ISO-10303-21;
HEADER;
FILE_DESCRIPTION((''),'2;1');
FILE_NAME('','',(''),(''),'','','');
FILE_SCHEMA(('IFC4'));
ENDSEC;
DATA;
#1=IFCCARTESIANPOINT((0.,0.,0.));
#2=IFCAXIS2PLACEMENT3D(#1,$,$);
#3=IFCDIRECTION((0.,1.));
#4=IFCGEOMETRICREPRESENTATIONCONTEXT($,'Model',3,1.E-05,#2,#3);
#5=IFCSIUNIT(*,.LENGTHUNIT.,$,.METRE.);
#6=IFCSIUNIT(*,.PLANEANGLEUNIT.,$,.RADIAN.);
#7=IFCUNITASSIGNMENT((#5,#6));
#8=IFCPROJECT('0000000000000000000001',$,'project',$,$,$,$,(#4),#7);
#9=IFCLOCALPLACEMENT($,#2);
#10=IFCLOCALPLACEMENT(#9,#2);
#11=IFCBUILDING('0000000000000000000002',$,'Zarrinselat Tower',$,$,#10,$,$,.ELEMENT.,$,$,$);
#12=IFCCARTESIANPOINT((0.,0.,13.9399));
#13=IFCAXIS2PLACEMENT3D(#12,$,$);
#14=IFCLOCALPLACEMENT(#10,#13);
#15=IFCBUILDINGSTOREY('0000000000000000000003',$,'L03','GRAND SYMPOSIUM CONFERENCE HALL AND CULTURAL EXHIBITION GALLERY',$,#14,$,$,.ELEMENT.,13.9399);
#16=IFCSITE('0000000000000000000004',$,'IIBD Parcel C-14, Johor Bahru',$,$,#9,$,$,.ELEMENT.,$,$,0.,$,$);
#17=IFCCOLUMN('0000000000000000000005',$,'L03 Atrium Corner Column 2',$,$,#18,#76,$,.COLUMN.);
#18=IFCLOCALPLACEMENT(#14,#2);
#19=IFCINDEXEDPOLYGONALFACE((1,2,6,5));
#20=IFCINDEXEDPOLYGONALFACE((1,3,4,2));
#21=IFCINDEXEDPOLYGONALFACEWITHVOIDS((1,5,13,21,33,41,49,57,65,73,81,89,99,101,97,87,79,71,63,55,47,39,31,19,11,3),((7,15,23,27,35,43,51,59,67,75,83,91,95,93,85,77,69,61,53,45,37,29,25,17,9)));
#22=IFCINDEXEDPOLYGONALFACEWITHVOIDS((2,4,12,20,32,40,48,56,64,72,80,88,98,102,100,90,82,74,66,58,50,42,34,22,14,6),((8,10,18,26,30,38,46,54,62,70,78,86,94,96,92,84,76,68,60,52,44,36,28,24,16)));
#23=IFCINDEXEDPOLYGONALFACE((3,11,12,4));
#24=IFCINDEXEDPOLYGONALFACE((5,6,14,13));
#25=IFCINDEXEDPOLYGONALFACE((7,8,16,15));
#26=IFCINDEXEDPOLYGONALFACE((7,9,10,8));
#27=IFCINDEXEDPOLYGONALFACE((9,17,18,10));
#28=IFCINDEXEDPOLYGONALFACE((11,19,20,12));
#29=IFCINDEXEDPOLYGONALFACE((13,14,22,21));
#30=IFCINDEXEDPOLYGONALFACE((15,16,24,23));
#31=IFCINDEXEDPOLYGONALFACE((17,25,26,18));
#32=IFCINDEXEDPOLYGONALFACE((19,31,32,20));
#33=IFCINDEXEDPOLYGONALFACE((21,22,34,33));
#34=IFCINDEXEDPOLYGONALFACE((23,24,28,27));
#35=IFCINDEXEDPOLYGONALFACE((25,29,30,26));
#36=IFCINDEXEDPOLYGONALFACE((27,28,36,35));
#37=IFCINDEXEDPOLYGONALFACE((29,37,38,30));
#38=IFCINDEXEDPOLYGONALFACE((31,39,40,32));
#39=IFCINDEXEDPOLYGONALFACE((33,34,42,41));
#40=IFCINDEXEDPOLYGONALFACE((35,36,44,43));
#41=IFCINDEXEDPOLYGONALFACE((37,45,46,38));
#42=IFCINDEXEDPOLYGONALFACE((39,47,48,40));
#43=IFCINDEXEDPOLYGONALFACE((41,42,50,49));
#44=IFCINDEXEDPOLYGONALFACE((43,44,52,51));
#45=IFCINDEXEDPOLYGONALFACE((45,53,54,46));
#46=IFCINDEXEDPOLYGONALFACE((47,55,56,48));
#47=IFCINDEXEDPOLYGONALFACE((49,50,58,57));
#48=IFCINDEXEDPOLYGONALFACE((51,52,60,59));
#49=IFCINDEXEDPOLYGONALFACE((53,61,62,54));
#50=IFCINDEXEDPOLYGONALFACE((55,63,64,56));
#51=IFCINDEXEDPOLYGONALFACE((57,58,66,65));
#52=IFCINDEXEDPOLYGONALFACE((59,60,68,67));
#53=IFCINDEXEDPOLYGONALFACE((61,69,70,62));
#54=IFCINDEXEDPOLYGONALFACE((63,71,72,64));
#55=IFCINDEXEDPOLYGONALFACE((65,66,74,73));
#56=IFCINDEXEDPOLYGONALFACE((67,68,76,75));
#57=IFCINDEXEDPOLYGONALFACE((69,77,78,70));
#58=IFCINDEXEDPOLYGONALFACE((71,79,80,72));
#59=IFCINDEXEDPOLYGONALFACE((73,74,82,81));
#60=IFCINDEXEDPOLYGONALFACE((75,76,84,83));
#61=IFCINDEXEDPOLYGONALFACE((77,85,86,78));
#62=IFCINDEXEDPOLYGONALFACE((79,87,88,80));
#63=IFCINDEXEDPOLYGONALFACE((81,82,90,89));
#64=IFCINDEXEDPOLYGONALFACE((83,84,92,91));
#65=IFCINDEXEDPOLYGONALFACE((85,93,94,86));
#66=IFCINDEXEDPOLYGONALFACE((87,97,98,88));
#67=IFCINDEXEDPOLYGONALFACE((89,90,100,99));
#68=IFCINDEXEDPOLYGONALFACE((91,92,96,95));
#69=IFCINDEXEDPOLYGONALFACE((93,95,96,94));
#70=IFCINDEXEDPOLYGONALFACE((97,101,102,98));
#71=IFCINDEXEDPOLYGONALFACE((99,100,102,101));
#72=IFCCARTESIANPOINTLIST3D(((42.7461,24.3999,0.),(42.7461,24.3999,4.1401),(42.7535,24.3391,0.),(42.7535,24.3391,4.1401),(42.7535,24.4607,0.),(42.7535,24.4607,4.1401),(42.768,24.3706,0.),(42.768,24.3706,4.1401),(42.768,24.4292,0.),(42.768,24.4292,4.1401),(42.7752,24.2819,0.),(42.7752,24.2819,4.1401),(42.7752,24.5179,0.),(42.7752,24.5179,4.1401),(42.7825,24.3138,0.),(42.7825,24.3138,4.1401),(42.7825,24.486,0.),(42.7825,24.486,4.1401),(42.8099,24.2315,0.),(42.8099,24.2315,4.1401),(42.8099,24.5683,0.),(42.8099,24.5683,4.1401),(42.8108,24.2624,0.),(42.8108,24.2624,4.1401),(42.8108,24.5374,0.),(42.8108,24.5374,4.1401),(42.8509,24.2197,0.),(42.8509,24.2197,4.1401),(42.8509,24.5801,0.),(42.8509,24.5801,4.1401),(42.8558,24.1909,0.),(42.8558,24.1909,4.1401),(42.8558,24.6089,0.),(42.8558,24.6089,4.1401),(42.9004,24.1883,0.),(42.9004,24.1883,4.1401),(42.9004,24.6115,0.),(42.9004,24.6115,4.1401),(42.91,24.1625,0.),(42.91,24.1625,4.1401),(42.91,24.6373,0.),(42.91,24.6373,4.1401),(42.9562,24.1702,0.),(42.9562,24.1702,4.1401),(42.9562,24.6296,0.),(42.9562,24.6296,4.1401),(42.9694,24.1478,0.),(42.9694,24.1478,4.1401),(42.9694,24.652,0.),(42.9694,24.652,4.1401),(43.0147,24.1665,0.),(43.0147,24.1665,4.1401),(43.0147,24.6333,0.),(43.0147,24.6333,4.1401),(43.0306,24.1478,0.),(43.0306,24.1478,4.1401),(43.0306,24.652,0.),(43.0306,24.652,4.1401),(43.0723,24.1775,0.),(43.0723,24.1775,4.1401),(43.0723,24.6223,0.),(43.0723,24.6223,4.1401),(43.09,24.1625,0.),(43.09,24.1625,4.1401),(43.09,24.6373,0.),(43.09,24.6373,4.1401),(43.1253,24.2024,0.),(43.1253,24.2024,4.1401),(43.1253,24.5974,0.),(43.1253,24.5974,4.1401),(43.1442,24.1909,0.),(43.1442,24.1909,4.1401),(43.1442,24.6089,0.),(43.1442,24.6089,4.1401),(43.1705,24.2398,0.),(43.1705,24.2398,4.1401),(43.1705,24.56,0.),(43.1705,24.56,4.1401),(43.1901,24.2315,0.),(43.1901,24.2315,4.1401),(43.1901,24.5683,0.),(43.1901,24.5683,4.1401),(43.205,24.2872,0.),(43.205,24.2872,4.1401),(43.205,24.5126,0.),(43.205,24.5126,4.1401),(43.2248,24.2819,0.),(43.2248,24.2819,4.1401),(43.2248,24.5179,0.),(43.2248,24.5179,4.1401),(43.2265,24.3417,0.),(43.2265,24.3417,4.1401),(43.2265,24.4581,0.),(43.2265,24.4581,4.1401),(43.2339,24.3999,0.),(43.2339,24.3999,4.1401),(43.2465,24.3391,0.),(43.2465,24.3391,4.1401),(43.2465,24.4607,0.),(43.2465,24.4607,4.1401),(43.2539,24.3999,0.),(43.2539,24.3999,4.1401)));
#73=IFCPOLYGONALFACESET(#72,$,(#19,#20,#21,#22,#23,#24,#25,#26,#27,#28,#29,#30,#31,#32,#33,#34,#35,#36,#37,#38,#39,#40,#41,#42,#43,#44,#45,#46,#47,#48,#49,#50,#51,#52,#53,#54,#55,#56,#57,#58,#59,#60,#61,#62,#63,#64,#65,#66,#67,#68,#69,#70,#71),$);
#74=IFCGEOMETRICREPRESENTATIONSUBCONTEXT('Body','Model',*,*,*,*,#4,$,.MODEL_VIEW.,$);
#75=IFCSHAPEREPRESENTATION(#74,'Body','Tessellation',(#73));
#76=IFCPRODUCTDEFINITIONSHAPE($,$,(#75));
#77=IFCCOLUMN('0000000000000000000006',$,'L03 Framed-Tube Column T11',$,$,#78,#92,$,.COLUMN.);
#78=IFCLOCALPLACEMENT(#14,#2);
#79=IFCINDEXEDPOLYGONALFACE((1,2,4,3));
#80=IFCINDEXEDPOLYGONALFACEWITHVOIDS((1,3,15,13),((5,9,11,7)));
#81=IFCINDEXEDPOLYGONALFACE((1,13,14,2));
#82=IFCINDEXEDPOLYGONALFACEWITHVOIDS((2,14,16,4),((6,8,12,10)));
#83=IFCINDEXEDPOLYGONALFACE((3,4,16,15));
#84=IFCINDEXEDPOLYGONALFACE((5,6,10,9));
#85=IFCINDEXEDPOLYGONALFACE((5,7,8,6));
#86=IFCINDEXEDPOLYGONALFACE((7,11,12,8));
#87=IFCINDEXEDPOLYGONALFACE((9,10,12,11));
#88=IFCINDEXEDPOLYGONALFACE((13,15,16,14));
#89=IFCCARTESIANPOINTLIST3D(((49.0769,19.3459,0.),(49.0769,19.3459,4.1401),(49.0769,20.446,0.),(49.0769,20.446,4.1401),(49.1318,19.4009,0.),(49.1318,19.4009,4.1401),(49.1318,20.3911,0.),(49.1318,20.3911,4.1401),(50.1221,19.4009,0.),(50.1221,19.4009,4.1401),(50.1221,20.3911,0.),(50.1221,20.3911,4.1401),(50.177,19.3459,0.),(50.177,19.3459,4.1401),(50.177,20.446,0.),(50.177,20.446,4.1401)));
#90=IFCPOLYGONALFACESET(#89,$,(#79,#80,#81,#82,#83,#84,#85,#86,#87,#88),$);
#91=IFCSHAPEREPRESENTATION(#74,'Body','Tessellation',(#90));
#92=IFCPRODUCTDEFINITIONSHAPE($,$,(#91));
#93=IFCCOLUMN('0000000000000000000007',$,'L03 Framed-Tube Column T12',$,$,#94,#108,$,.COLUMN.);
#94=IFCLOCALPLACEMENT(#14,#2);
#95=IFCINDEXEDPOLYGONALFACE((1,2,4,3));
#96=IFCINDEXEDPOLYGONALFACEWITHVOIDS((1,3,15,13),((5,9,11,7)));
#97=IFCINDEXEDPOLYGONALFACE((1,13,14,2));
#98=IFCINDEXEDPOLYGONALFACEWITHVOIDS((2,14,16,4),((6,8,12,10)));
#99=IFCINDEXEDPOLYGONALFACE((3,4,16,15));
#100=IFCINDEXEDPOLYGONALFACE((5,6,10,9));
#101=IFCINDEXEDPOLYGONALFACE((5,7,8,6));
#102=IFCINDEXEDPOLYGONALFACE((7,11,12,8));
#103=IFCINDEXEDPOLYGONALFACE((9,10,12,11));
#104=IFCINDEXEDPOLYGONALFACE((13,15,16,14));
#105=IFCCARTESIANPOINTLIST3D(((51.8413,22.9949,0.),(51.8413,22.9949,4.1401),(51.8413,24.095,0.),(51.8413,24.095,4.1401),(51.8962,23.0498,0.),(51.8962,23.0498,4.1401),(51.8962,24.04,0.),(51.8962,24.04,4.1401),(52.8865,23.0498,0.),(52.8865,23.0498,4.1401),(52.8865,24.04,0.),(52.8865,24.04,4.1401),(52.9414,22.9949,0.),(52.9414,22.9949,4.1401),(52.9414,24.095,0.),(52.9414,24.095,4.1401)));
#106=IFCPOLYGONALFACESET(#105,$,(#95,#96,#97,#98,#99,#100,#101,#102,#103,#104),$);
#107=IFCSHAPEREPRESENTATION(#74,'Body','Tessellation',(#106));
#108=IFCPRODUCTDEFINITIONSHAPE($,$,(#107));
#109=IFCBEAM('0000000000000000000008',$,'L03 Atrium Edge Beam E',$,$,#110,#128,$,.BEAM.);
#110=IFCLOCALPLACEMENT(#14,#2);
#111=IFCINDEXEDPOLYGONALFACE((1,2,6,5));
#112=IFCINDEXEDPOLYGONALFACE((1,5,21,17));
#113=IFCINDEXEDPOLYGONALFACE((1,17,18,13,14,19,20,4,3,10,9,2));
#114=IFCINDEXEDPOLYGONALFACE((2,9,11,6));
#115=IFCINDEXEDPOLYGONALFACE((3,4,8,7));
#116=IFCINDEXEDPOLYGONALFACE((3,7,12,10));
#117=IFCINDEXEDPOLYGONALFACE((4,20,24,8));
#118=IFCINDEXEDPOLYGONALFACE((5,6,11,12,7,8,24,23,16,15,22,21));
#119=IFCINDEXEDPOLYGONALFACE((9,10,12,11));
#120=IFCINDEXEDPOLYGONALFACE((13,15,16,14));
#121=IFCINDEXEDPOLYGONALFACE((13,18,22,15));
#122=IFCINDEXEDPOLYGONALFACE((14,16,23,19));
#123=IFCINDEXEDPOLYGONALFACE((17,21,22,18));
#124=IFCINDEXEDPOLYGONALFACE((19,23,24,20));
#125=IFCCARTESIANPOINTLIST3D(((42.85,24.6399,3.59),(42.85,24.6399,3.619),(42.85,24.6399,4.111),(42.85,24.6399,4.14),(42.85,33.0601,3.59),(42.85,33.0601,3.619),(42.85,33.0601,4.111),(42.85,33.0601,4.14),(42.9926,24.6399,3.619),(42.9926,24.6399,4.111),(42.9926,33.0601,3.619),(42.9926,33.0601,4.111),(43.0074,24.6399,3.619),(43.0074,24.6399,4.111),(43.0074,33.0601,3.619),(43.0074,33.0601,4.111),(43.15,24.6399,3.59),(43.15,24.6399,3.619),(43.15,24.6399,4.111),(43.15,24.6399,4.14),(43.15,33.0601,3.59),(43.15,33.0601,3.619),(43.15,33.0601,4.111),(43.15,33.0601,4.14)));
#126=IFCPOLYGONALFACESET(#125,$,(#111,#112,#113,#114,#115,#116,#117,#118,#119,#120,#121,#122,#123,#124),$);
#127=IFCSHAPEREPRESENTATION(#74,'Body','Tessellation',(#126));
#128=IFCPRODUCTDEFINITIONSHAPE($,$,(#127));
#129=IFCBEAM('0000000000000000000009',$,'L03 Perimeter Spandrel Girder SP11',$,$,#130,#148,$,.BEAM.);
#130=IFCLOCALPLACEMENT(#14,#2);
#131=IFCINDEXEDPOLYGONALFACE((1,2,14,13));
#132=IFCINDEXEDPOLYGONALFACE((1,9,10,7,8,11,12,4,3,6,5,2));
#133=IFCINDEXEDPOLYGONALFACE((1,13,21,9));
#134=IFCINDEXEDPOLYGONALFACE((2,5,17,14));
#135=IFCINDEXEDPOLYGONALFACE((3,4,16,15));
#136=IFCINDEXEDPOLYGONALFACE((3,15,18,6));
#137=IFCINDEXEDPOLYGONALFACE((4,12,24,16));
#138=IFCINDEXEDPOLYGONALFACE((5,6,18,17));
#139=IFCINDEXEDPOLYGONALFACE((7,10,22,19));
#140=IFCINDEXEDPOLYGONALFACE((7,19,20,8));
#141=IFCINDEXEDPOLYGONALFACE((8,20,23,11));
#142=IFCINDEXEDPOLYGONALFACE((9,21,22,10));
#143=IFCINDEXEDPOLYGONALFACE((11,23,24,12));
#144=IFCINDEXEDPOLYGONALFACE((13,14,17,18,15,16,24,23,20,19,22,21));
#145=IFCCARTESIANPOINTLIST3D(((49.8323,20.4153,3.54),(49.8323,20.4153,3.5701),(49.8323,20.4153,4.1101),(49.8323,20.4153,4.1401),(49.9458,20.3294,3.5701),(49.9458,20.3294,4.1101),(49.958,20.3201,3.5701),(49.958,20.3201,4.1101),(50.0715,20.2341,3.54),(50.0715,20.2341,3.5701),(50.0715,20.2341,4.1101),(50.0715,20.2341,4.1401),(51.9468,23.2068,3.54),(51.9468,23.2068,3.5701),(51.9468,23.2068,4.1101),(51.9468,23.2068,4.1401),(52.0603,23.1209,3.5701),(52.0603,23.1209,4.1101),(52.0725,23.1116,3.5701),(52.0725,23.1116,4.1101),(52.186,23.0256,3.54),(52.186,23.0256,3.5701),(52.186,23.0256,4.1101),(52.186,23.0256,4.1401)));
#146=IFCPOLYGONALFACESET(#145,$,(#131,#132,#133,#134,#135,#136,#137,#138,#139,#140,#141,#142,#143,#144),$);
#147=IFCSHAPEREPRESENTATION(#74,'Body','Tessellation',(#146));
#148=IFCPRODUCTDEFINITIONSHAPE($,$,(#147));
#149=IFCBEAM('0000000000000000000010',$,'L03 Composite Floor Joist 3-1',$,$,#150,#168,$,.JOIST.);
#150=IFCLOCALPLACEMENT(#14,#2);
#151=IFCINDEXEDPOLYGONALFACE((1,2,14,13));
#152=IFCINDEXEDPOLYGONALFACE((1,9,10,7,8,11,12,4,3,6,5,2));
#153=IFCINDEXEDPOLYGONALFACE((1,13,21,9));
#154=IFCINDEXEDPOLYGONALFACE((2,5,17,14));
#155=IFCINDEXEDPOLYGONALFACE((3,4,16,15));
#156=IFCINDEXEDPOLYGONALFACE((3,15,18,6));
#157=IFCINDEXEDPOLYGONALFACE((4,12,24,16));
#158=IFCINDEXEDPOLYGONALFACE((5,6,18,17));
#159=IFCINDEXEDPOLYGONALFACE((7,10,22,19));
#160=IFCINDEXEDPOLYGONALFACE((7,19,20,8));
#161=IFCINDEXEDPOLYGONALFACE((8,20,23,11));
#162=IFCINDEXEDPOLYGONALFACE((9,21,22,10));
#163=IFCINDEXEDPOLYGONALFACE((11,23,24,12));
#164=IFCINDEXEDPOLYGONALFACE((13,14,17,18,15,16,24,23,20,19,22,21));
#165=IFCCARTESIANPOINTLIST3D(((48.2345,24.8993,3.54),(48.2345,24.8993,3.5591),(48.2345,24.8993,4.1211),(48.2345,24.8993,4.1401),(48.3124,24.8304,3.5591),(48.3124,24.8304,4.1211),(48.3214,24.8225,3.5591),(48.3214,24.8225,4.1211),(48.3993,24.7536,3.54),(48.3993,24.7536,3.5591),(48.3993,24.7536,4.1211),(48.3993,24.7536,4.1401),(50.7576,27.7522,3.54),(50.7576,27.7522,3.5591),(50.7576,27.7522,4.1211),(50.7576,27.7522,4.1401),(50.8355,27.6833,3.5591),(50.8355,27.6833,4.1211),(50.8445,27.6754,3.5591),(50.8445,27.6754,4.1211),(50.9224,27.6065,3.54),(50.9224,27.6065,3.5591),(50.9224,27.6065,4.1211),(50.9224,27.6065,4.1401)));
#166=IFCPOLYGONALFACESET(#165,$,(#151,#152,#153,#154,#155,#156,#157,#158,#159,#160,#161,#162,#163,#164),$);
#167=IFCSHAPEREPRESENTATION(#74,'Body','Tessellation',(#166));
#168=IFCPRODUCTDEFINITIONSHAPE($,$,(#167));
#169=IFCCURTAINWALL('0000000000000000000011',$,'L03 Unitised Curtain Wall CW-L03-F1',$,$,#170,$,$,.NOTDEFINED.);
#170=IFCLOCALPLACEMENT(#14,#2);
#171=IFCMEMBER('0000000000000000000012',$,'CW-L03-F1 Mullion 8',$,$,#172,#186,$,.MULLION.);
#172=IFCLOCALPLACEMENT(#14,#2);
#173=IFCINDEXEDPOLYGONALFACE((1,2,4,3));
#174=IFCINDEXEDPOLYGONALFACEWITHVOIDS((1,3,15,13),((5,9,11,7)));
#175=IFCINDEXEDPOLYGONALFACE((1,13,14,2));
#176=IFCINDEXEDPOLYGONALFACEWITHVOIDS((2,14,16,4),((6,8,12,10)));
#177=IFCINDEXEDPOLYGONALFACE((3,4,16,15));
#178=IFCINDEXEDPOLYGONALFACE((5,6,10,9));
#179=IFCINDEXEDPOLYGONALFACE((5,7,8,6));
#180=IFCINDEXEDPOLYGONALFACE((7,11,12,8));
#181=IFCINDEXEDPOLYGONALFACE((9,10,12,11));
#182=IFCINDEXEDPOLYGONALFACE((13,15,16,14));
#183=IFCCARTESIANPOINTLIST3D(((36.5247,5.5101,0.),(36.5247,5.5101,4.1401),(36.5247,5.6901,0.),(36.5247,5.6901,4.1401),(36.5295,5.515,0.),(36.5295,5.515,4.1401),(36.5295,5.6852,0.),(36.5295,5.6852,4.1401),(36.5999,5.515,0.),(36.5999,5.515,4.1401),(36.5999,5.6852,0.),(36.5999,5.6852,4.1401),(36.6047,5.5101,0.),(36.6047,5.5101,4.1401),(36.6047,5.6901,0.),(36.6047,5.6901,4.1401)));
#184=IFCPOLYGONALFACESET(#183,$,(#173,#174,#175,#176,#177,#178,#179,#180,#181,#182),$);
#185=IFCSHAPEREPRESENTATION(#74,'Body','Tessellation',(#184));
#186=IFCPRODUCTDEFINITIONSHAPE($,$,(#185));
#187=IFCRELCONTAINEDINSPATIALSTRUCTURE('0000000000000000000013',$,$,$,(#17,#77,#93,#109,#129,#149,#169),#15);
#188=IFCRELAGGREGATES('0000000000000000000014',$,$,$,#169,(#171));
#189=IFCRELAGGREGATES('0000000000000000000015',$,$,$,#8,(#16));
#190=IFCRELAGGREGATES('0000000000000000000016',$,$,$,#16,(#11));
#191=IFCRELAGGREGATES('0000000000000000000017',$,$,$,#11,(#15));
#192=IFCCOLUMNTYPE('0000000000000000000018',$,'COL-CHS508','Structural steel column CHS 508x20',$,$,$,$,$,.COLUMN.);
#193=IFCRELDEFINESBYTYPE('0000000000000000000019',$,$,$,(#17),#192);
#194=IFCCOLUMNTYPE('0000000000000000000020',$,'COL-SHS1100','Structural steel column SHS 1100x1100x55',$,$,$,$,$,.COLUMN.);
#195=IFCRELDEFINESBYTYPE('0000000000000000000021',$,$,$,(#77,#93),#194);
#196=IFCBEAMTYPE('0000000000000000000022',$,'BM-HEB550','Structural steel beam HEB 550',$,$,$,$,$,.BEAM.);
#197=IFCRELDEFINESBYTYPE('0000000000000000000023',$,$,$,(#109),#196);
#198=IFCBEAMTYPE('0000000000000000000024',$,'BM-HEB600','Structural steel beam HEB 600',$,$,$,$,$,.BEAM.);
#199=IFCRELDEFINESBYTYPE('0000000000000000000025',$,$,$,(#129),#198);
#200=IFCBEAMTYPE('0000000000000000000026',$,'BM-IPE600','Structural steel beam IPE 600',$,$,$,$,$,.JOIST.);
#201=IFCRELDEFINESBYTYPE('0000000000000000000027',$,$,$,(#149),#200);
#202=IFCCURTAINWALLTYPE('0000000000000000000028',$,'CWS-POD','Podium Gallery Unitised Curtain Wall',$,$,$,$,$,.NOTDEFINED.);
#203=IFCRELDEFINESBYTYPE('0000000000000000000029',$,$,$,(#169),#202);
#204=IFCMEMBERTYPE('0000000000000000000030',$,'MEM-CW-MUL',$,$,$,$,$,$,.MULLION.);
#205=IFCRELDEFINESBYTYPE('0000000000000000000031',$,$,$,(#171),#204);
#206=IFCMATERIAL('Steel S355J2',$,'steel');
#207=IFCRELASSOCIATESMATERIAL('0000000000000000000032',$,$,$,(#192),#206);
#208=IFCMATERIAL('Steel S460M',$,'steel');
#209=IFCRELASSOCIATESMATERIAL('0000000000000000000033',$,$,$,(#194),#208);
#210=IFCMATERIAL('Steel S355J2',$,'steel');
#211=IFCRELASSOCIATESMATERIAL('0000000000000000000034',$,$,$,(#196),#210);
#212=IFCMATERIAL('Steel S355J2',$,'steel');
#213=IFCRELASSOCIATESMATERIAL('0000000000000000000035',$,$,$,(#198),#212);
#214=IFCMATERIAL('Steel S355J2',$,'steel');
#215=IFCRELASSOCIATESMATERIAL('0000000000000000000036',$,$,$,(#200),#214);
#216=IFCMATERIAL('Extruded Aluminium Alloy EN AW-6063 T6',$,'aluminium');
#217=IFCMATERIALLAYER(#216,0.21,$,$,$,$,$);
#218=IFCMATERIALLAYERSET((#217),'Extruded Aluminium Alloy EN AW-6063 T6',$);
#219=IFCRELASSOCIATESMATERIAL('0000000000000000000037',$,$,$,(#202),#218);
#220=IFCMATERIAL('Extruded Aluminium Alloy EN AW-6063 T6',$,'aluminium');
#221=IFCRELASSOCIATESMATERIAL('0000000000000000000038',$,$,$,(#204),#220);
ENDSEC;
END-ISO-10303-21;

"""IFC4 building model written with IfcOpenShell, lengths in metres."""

from ifc_helpers import new_model, si_unit, direction, frame, origin, origin_2d, place, context, subcontext, project, spatial, hollow_rectangle, hollow_circle, i_section, extrude, material, layer, layer_set, material_profile, profile_set, type_object, element, aggregate, save


model = new_model("IFC4")

# Units and contexts
model_context = context("Model", 3, precision=1e-05, world=origin(), true_north=direction((0.0, 1.0)))
body_context = subcontext(model_context, "Body", "Model", "MODEL_VIEW")
ifc_project = project(units=[si_unit("LENGTHUNIT", "METRE"), si_unit("PLANEANGLEUNIT", "RADIAN")], contexts=[model_context])

# Site, building, storey
site_placement = place(None, origin())
site = spatial("IfcSite", under=ifc_project, at=site_placement, Name="IIBD Parcel C-14, Johor Bahru", CompositionType="ELEMENT", RefElevation=0.0)
building_placement = place(site_placement, origin())
building = spatial("IfcBuilding", under=site, at=building_placement, Name="Zarrinselat Tower", CompositionType="ELEMENT")
storey_placement = place(building_placement, frame((0.0, 0.0, 13.9399)))
storey = spatial("IfcBuildingStorey", under=building, at=storey_placement, Name="L03", Description="GRAND SYMPOSIUM CONFERENCE HALL AND CULTURAL EXHIBITION GALLERY", CompositionType="ELEMENT", Elevation=13.9399)

# Columns
ifc_material_1 = material(Name="Steel S355J2", Category="steel")
ifc_material_profile_1 = material_profile(ifc_material_1, hollow_circle(Radius=0.2539, WallThickness=0.02, at=origin_2d()), Name="CHS 508x20")
ifc_profile_set_1 = profile_set([ifc_material_profile_1], Name="Steel S355J2")
column_type_1 = type_object("IfcColumnType", Name="COL-CHS508", Description="Structural steel column CHS 508x20", PredefinedType="COLUMN", material=ifc_profile_set_1)
column_placement = place(storey_placement, frame((43.0, 24.3999, 0.0), z_axis=(0.0, 0.0, 1.0), x_axis=(1.0, 0.0, 0.0)))
element("IfcColumn", 1, at=column_placement, inside=storey, type_object=column_type_1, Name="L03 Atrium Corner Column 2", PredefinedType="COLUMN", context=body_context, shape_type="SweptSolid", body=[
    extrude(hollow_circle(Radius=0.2539, WallThickness=0.02, at=origin_2d()), origin(), (0.0, 0.0, 1.0), 4.1401),
])
ifc_material_2 = material(Name="Steel S460M", Category="steel")
ifc_material_profile_2 = material_profile(ifc_material_2, hollow_rectangle(XDim=1.1001, YDim=1.1001, WallThickness=0.0549, at=origin_2d()), Name="SHS 1100x1100x55")
ifc_profile_set_2 = profile_set([ifc_material_profile_2], Name="Steel S460M")
column_type_2 = type_object("IfcColumnType", Name="COL-SHS1100", Description="Structural steel column SHS 1100x1100x55", PredefinedType="COLUMN", material=ifc_profile_set_2)
for number, where, z_axis, x_axis, name in (
    (2, (49.627, 19.896, 0.0), (0.0, 0.0, 1.0), (1.0, 0.0, 0.0), "L03 Framed-Tube Column T11"),
    (3, (52.3914, 23.5449, 0.0), (0.0, 0.0, 1.0), (1.0, 0.0, 0.0), "L03 Framed-Tube Column T12"),
):
    element("IfcColumn", number, at=place(storey_placement, frame(where, z_axis=z_axis, x_axis=x_axis)), inside=storey, type_object=column_type_2, Name=name, PredefinedType="COLUMN", context=body_context, shape_type="SweptSolid", body=[
        extrude(hollow_rectangle(XDim=1.1001, YDim=1.1001, WallThickness=0.0549, at=origin_2d()), origin(), (0.0, 0.0, 1.0), 4.1401),
    ])

# Beams
ifc_material_3 = material(Name="Steel S355J2", Category="steel")
ifc_material_profile_3 = material_profile(ifc_material_3, i_section(OverallWidth=0.3, OverallDepth=0.55, WebThickness=0.0149, FlangeThickness=0.0291, at=origin_2d()), Name="HEB 550")
ifc_profile_set_3 = profile_set([ifc_material_profile_3], Name="Steel S355J2")
beam_type_1 = type_object("IfcBeamType", Name="BM-HEB550", Description="Structural steel beam HEB 550", PredefinedType="BEAM", material=ifc_profile_set_3)
beam_1_placement = place(storey_placement, frame((43.0, 24.6399, 3.865), z_axis=(0.0, 1.0, 0.0), x_axis=(-1.0, 0.0, 0.0)))
element("IfcBeam", 4, at=beam_1_placement, inside=storey, type_object=beam_type_1, Name="L03 Atrium Edge Beam E", PredefinedType="BEAM", context=body_context, shape_type="SweptSolid", body=[
    extrude(i_section(OverallWidth=0.3, OverallDepth=0.55, WebThickness=0.0149, FlangeThickness=0.0291, at=origin_2d()), origin(), (0.0, 0.0, 1.0), 8.4202),
])
ifc_material_4 = material(Name="Steel S355J2", Category="steel")
ifc_material_profile_4 = material_profile(ifc_material_4, i_section(OverallWidth=0.3, OverallDepth=0.6001, WebThickness=0.0154, FlangeThickness=0.03, at=origin_2d()), Name="HEB 600")
ifc_profile_set_4 = profile_set([ifc_material_profile_4], Name="Steel S355J2")
beam_type_2 = type_object("IfcBeamType", Name="BM-HEB600", Description="Structural steel beam HEB 600", PredefinedType="BEAM", material=ifc_profile_set_4)
beam_2_placement = place(storey_placement, frame((49.9519, 20.3247, 3.8401), z_axis=(0.603808, 0.79713, 0.0), x_axis=(-0.79713, 0.603808, 0.0)))
element("IfcBeam", 5, at=beam_2_placement, inside=storey, type_object=beam_type_2, Name="L03 Perimeter Spandrel Girder SP11", PredefinedType="BEAM", context=body_context, shape_type="SweptSolid", body=[
    extrude(i_section(OverallWidth=0.3, OverallDepth=0.6001, WebThickness=0.0154, FlangeThickness=0.03, at=origin_2d()), origin(), (0.0, 0.0, 1.0), 3.502),
])
ifc_material_5 = material(Name="Steel S355J2", Category="steel")
ifc_material_profile_5 = material_profile(ifc_material_5, i_section(OverallWidth=0.22, OverallDepth=0.6001, WebThickness=0.012, FlangeThickness=0.019, at=origin_2d()), Name="IPE 600")
ifc_profile_set_5 = profile_set([ifc_material_profile_5], Name="Steel S355J2")
beam_type_3 = type_object("IfcBeamType", Name="BM-IPE600", Description="Structural steel beam IPE 600", PredefinedType="JOIST", material=ifc_profile_set_5)
beam_3_placement = place(storey_placement, frame((48.3169, 24.8264, 3.8401), z_axis=(0.66248, 0.74908, 0.0), x_axis=(-0.74908, 0.66248, 0.0)))
element("IfcBeam", 6, at=beam_3_placement, inside=storey, type_object=beam_type_3, Name="L03 Composite Floor Joist 3-1", PredefinedType="JOIST", context=body_context, shape_type="SweptSolid", body=[
    extrude(i_section(OverallWidth=0.22, OverallDepth=0.6001, WebThickness=0.012, FlangeThickness=0.019, at=origin_2d()), origin(), (0.0, 0.0, 1.0), 3.8086),
])

# Curtain wall, member
ifc_material_6 = material(Name="Extruded Aluminium Alloy EN AW-6063 T6", Category="aluminium")
ifc_layer_1 = layer(ifc_material_6, 0.21)
ifc_layer_set_1 = layer_set([ifc_layer_1], Name="Extruded Aluminium Alloy EN AW-6063 T6")
curtain_wall_type = type_object("IfcCurtainWallType", Name="CWS-POD", Description="Podium Gallery Unitised Curtain Wall", PredefinedType="NOTDEFINED", material=ifc_layer_set_1)
curtain_wall_placement = place(storey_placement, origin())
curtain_wall = element("IfcCurtainWall", 7, at=curtain_wall_placement, inside=storey, type_object=curtain_wall_type, Name="L03 Unitised Curtain Wall CW-L03-F1", PredefinedType="NOTDEFINED")
ifc_material_7 = material(Name="Extruded Aluminium Alloy EN AW-6063 T6", Category="aluminium")
ifc_material_profile_6 = material_profile(ifc_material_7, hollow_rectangle(XDim=0.0801, YDim=0.1799, WallThickness=0.0049, at=origin_2d()), Name="RHS 180x80x5")
ifc_profile_set_6 = profile_set([ifc_material_profile_6], Name="Extruded Aluminium Alloy EN AW-6063 T6")
member_type = type_object("IfcMemberType", Name="MEM-CW-MUL", PredefinedType="MULLION", material=ifc_profile_set_6)
member_1_placement = place(storey_placement, frame((36.5647, 5.6001, 0.0), z_axis=(0.0, 0.0, 1.0), x_axis=(1.0, 0.0, 0.0)))
member_1 = element("IfcMember", 8, at=member_1_placement, type_object=member_type, Name="CW-L03-F1 Mullion 8", PredefinedType="MULLION", context=body_context, shape_type="SweptSolid", body=[
    extrude(hollow_rectangle(XDim=0.0801, YDim=0.1799, WallThickness=0.0049, at=origin_2d()), origin(), (0.0, 0.0, 1.0), 4.1401),
])
aggregate(curtain_wall, [member_1])

save(model, "model.ifc")
